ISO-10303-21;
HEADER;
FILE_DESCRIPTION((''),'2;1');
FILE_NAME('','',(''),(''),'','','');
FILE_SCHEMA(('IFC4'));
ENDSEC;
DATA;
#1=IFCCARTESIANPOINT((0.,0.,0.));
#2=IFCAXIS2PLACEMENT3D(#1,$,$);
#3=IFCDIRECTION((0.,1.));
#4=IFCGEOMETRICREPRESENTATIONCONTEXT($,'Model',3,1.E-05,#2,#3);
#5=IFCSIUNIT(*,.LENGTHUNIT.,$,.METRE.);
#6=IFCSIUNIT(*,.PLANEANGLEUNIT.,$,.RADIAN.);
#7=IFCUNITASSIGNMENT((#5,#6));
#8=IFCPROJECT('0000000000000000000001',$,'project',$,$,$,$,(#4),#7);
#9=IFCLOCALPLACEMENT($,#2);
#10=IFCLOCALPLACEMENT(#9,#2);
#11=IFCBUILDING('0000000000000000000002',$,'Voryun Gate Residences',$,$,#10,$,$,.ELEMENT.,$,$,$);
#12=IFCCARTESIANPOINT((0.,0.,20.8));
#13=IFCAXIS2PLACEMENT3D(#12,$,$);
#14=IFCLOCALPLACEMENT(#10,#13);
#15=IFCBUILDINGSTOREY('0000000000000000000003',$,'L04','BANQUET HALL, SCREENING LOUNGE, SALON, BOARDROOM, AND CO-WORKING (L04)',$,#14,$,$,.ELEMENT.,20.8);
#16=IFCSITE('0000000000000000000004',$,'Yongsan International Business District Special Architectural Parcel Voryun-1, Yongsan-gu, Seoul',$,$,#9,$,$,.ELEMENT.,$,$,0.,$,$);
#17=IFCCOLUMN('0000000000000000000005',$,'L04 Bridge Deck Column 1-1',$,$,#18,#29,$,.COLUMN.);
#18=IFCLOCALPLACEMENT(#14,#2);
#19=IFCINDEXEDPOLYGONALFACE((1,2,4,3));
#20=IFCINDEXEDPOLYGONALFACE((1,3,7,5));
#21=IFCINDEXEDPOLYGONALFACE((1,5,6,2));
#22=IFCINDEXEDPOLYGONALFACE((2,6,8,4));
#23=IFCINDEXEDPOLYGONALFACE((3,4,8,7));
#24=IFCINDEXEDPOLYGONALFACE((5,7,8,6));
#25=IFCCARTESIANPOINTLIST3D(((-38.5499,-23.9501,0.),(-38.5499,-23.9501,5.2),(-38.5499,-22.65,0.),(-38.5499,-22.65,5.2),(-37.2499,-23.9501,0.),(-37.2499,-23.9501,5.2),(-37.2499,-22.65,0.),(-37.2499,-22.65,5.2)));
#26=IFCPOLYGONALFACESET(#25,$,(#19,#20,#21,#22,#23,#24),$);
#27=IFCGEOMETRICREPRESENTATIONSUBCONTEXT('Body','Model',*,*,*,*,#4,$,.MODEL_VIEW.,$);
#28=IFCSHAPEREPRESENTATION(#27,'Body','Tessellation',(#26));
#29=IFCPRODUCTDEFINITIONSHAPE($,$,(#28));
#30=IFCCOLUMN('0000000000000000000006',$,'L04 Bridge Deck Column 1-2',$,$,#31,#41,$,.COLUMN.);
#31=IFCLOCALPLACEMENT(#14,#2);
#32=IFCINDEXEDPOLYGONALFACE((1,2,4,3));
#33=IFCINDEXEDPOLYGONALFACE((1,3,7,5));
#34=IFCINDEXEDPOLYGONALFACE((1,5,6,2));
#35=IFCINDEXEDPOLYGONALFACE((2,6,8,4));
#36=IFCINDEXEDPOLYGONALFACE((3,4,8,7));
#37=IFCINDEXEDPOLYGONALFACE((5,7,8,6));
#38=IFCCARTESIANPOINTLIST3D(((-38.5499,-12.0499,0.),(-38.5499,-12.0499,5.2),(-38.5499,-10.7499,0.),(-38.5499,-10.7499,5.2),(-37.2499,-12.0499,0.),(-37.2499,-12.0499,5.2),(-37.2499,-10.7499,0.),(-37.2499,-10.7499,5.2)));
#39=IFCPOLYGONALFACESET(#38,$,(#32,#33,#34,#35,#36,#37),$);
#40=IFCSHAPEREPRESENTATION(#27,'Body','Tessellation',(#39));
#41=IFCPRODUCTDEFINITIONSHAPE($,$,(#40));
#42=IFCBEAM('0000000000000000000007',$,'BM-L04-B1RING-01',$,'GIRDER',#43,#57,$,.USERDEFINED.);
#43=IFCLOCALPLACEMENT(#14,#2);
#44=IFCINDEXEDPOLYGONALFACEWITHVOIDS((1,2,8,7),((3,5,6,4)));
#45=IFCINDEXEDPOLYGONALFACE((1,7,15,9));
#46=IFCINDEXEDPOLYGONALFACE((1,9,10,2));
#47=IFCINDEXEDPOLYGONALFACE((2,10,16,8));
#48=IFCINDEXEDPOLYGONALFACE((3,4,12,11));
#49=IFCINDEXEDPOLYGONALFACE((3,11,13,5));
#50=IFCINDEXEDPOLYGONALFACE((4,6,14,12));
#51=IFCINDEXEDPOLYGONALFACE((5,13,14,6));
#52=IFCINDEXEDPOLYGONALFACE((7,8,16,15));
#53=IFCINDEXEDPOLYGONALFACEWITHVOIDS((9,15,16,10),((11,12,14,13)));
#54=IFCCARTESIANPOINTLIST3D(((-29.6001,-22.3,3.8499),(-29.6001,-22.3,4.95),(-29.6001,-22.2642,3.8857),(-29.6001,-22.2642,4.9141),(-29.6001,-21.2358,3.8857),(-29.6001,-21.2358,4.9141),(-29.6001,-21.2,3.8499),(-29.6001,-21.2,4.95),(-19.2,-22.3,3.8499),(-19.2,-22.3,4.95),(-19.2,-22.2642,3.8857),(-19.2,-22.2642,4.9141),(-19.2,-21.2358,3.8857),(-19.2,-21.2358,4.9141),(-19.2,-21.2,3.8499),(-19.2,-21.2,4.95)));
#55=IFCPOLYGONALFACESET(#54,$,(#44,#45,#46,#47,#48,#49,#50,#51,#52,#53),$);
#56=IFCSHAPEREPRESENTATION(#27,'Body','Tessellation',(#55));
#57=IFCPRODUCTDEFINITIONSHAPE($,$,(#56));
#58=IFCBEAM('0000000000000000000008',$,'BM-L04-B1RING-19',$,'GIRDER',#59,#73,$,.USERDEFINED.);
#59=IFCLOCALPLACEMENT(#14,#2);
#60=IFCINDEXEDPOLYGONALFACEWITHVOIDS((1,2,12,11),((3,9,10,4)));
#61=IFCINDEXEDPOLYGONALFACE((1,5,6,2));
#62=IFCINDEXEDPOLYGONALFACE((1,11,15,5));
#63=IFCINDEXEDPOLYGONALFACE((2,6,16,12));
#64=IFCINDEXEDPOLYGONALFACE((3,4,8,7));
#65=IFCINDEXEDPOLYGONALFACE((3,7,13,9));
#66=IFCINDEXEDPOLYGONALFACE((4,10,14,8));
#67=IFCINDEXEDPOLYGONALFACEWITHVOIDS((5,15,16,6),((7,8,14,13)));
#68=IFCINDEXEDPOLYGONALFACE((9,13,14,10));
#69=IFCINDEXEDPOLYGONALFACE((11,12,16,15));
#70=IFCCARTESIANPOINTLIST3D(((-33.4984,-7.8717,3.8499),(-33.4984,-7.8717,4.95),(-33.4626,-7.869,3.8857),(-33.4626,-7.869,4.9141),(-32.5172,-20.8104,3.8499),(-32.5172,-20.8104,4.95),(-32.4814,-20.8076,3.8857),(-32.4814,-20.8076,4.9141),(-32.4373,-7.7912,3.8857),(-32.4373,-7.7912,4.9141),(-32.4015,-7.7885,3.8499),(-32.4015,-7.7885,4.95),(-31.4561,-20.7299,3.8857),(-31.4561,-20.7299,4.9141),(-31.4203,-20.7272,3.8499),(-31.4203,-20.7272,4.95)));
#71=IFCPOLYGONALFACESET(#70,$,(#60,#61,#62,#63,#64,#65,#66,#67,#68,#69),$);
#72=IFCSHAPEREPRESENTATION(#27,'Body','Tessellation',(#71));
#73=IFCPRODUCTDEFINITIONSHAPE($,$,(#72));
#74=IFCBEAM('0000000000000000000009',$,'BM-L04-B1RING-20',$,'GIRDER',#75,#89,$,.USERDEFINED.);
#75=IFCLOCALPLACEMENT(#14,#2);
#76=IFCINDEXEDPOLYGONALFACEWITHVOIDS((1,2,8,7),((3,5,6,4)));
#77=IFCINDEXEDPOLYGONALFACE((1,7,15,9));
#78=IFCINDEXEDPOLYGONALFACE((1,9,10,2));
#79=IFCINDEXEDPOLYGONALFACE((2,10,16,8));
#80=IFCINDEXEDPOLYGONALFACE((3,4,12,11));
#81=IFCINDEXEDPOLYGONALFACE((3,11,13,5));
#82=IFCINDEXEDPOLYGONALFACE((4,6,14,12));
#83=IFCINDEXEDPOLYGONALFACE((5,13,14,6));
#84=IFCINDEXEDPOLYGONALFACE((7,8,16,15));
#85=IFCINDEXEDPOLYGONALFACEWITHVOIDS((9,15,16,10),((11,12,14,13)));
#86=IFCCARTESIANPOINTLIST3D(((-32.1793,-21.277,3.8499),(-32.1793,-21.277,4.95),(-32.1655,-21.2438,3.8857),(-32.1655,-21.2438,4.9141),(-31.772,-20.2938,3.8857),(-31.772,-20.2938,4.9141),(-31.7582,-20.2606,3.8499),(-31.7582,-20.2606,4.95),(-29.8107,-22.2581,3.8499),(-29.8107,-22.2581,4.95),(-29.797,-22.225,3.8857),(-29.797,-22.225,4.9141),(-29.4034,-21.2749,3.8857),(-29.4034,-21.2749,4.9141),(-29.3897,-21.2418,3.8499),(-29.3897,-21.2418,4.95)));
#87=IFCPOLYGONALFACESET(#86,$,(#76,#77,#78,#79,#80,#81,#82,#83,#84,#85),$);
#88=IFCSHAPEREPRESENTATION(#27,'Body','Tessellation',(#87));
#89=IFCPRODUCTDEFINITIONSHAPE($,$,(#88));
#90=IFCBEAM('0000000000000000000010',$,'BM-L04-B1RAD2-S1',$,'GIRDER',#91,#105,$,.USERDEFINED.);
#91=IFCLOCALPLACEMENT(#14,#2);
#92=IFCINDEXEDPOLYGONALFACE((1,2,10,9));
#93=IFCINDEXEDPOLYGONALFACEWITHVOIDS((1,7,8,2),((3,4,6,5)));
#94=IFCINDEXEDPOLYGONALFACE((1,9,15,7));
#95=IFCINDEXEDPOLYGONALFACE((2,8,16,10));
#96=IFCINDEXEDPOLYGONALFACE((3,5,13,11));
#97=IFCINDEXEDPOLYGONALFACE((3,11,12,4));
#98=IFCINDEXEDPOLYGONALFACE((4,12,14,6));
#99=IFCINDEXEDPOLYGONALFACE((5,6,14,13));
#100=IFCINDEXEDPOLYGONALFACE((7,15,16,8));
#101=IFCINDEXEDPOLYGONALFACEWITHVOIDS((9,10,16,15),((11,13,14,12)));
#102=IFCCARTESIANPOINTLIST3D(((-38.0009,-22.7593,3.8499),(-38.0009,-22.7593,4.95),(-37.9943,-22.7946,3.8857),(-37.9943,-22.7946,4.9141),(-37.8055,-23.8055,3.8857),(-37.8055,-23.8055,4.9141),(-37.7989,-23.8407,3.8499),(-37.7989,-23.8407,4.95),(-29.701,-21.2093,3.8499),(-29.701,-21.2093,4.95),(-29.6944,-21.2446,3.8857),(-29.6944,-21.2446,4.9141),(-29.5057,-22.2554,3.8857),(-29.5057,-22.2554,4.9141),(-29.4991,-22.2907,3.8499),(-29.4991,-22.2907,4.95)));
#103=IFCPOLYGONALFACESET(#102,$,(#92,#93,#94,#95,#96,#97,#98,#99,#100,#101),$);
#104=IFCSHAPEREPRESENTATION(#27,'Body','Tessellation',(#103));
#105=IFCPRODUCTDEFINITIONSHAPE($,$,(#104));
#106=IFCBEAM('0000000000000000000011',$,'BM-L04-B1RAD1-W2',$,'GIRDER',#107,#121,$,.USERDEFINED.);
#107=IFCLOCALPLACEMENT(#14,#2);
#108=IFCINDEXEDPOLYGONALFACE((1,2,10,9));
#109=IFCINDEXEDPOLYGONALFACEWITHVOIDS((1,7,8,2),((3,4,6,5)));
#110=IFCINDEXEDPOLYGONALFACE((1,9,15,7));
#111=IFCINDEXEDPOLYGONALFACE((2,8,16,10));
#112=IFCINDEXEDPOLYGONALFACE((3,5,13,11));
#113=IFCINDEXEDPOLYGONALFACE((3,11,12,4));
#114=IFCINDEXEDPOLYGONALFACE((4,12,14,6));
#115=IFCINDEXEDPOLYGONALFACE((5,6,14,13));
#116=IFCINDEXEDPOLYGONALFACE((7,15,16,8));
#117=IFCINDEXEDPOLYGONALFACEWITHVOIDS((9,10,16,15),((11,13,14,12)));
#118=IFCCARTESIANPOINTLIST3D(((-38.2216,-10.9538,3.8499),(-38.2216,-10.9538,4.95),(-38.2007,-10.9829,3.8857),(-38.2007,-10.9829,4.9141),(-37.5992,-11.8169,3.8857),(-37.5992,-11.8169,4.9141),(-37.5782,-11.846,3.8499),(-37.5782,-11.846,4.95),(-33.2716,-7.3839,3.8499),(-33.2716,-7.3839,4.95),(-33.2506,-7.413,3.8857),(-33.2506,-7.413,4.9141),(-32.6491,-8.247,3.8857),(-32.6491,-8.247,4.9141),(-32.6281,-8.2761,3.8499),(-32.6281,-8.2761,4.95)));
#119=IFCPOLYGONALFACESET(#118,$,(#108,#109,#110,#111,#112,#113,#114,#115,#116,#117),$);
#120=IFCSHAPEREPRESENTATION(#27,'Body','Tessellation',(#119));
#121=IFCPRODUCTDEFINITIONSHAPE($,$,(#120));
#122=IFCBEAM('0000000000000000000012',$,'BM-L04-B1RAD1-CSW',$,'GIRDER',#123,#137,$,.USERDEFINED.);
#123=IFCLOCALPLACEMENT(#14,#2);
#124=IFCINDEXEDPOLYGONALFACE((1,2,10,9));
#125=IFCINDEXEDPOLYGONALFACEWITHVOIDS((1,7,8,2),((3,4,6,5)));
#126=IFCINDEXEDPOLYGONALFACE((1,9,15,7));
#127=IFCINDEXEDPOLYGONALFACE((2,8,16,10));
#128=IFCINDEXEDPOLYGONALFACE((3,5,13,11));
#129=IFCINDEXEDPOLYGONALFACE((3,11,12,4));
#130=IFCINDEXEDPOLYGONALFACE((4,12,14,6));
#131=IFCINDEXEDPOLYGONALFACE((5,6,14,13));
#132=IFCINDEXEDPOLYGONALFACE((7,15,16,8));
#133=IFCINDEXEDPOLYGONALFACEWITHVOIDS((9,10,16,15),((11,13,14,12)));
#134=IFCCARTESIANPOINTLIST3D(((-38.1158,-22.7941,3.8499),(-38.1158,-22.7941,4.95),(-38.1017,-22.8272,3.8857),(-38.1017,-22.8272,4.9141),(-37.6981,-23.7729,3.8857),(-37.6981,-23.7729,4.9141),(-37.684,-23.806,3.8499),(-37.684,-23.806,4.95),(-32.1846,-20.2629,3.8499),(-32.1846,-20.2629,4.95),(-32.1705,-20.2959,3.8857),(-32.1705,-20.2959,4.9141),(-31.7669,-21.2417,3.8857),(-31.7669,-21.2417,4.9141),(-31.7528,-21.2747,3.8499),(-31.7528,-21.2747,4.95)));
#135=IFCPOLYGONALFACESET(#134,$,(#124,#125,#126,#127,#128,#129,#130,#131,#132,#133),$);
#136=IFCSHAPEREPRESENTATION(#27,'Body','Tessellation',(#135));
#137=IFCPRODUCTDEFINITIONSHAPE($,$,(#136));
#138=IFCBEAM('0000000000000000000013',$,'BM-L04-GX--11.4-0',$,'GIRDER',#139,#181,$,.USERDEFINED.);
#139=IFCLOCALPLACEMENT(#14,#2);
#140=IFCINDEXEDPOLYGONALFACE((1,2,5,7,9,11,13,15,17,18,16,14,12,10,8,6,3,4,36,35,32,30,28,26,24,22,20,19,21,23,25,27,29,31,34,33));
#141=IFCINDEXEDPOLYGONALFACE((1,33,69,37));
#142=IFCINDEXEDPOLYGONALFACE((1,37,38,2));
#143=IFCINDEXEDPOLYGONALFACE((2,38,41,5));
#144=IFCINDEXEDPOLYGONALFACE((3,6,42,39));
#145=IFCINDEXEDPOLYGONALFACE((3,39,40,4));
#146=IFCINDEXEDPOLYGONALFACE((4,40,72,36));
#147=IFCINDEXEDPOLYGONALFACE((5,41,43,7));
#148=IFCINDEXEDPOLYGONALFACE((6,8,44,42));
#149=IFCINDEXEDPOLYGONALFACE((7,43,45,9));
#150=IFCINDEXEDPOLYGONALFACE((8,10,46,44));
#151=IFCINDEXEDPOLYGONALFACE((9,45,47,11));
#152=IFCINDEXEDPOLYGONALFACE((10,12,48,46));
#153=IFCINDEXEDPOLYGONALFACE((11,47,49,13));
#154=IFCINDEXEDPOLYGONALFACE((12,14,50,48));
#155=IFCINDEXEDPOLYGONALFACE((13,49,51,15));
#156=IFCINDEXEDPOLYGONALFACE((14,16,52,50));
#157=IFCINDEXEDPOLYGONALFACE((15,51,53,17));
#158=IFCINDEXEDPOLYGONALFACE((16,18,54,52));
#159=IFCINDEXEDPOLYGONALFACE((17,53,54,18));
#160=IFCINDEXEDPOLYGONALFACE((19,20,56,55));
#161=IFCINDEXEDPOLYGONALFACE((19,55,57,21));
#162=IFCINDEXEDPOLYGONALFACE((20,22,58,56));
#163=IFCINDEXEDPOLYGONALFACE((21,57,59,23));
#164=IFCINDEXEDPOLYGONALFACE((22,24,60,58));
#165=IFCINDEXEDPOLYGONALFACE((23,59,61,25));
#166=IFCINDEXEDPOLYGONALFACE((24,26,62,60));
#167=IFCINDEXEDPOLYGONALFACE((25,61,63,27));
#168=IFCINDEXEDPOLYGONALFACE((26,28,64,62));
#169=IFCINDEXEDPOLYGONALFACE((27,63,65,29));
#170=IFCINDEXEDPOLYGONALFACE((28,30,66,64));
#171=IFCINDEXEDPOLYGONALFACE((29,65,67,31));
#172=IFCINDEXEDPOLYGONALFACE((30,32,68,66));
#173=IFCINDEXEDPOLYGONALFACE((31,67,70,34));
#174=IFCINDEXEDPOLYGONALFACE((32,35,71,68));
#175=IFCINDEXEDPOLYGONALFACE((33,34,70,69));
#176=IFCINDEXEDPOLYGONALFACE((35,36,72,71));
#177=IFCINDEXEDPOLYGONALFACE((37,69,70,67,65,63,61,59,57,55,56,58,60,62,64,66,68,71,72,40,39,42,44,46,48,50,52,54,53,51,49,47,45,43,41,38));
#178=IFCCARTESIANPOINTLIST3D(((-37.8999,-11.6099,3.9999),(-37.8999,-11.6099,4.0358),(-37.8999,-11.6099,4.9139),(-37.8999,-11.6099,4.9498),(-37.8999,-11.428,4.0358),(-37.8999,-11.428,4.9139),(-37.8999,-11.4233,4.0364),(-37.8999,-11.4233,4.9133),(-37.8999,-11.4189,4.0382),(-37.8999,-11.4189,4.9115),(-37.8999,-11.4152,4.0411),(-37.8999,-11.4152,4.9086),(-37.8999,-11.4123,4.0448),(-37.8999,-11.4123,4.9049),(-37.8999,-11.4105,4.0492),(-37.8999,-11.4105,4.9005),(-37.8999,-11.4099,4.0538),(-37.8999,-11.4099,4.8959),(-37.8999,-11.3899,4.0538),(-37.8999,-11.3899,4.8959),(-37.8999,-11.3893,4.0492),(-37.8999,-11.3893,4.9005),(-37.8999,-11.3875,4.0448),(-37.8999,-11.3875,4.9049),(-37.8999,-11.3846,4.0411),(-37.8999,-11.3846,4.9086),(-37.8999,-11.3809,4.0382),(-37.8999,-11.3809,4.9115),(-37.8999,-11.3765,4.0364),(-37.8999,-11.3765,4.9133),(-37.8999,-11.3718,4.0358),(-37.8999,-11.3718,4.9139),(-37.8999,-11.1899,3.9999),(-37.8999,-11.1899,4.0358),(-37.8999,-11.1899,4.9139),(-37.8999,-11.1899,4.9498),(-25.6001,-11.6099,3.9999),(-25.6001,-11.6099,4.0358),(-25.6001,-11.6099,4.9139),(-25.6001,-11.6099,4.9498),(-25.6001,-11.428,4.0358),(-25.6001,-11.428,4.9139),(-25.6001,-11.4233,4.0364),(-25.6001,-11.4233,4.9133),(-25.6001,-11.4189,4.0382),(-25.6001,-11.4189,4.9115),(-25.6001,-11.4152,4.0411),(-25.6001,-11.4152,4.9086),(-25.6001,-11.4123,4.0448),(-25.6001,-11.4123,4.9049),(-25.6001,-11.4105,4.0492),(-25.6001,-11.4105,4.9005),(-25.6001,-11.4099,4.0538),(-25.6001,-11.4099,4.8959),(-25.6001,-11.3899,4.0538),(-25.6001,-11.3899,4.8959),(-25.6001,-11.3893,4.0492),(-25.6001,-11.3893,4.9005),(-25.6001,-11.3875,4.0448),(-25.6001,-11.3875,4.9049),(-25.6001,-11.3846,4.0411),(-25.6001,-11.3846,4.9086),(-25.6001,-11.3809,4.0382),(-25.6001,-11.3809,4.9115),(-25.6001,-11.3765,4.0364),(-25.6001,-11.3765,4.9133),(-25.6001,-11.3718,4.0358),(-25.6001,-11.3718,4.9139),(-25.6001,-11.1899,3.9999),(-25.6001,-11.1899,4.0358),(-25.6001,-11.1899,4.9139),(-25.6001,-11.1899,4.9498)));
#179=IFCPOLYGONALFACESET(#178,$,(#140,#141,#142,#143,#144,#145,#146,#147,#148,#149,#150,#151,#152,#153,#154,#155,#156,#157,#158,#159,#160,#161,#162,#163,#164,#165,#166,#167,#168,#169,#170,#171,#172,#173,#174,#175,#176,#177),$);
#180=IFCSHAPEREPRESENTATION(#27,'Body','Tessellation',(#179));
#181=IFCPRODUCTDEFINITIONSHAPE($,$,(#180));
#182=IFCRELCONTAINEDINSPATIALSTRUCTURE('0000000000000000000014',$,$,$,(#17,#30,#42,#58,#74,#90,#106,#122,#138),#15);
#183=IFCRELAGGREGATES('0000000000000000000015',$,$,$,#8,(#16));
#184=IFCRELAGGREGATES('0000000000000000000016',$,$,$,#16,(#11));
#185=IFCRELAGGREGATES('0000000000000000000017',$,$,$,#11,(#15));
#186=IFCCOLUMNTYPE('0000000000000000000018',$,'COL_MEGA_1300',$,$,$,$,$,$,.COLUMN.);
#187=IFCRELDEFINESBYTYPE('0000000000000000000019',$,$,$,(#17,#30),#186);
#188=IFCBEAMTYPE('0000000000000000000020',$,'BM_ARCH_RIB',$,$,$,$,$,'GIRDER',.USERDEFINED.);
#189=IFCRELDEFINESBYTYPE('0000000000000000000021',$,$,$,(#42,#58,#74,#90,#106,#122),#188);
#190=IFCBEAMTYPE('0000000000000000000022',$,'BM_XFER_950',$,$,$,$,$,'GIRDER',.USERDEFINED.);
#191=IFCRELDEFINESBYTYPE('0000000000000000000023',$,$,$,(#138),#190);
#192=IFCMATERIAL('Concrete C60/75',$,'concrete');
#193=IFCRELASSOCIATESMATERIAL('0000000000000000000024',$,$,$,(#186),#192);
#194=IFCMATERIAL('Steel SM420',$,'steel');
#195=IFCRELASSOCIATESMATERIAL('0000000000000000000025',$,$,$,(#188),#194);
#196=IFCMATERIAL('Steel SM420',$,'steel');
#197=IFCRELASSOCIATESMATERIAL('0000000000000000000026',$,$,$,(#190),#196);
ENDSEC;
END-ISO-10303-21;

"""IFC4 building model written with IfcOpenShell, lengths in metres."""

from ifc_helpers import new_model, si_unit, direction, frame, origin, origin_2d, place, context, subcontext, project, spatial, rectangle, hollow_rectangle, i_section, extrude, material, material_profile, profile_set, type_object, element, save


model = new_model("IFC4")

# Units and contexts
model_context = context("Model", 3, precision=1e-05, world=origin(), true_north=direction((0.0, 1.0)))
body_context = subcontext(model_context, "Body", "Model", "MODEL_VIEW")
ifc_project = project(units=[si_unit("LENGTHUNIT", "METRE"), si_unit("PLANEANGLEUNIT", "RADIAN")], contexts=[model_context])

# Site, building, storey
site_placement = place(None, origin())
site = spatial("IfcSite", under=ifc_project, at=site_placement, Name="Yongsan International Business District Special Architectural Parcel Voryun-1, Yongsan-gu, Seoul", CompositionType="ELEMENT", RefElevation=0.0)
building_placement = place(site_placement, origin())
building = spatial("IfcBuilding", under=site, at=building_placement, Name="Voryun Gate Residences", CompositionType="ELEMENT")
storey_placement = place(building_placement, frame((0.0, 0.0, 20.8)))
storey = spatial("IfcBuildingStorey", under=building, at=storey_placement, Name="L04", Description="BANQUET HALL, SCREENING LOUNGE, SALON, BOARDROOM, AND CO-WORKING (L04)", CompositionType="ELEMENT", Elevation=20.8)

# Columns
ifc_material_1 = material(Name="Concrete C60/75", Category="concrete")
ifc_material_profile_1 = material_profile(ifc_material_1, rectangle(XDim=1.3, YDim=1.3, at=origin_2d()), Name="RC-1300x1300")
ifc_profile_set_1 = profile_set([ifc_material_profile_1], Name="Concrete C60/75")
column_type = type_object("IfcColumnType", Name="COL_MEGA_1300", PredefinedType="COLUMN", material=ifc_profile_set_1)
for number, where, z_axis, x_axis, name in (
    (1, (-37.8999, -23.3, 0.0), (0.0, 0.0, 1.0), (1.0, 0.0, 0.0), "L04 Bridge Deck Column 1-1"),
    (2, (-37.8999, -11.3999, 0.0), (0.0, 0.0, 1.0), (1.0, 0.0, 0.0), "L04 Bridge Deck Column 1-2"),
):
    element("IfcColumn", number, at=place(storey_placement, frame(where, z_axis=z_axis, x_axis=x_axis)), inside=storey, type_object=column_type, Name=name, PredefinedType="COLUMN", context=body_context, shape_type="SweptSolid", body=[
        extrude(rectangle(XDim=1.3, YDim=1.3, at=origin_2d()), origin(), (0.0, 0.0, 1.0), 5.2),
    ])

# Beams
ifc_material_2 = material(Name="Steel SM420", Category="steel")
ifc_material_profile_2 = material_profile(ifc_material_2, hollow_rectangle(XDim=1.1001, YDim=1.1001, WallThickness=0.0359, at=origin_2d()), Name="BOX-1100x1100x36")
ifc_profile_set_2 = profile_set([ifc_material_profile_2], Name="Steel SM420")
beam_type_1 = type_object("IfcBeamType", Name="BM_ARCH_RIB", ElementType="GIRDER", PredefinedType="USERDEFINED", material=ifc_profile_set_2)
beam_1_placement = place(storey_placement, frame((-29.6001, -21.75, 4.3999), z_axis=(1.0, 0.0, 0.0), x_axis=(0.0, 1.0, 0.0)))
element("IfcBeam", 3, at=beam_1_placement, inside=storey, type_object=beam_type_1, Name="BM-L04-B1RING-01", ObjectType="GIRDER", PredefinedType="USERDEFINED", context=body_context, shape_type="SweptSolid", body=[
    extrude(hollow_rectangle(XDim=1.1001, YDim=1.1001, WallThickness=0.0359, at=origin_2d()), origin(), (0.0, 0.0, 1.0), 10.4001),
])
beam_2_placement = place(storey_placement, frame((-32.95, -7.8301, 4.3999), z_axis=(0.075617, -0.997137, 0.0), x_axis=(0.997137, 0.075617, 0.0)))
element("IfcBeam", 4, at=beam_2_placement, inside=storey, type_object=beam_type_1, Name="BM-L04-B1RING-19", ObjectType="GIRDER", PredefinedType="USERDEFINED", context=body_context, shape_type="SweptSolid", body=[
    extrude(hollow_rectangle(XDim=1.1001, YDim=1.1001, WallThickness=0.0359, at=origin_2d()), origin(), (0.0, 0.0, 1.0), 12.9758),
])
beam_3_placement = place(storey_placement, frame((-31.9688, -20.7688, 4.3999), z_axis=(0.923869, -0.382708, 0.0), x_axis=(0.382708, 0.923869, 0.0)))
element("IfcBeam", 5, at=beam_3_placement, inside=storey, type_object=beam_type_1, Name="BM-L04-B1RING-20", ObjectType="GIRDER", PredefinedType="USERDEFINED", context=body_context, shape_type="SweptSolid", body=[
    extrude(hollow_rectangle(XDim=1.1001, YDim=1.1001, WallThickness=0.0359, at=origin_2d()), origin(), (0.0, 0.0, 1.0), 2.5637),
])
beam_4_placement = place(storey_placement, frame((-37.8999, -23.3, 4.3999), z_axis=(0.983004, 0.183583, 0.0), x_axis=(-0.183583, 0.983004, 0.0)))
element("IfcBeam", 6, at=beam_4_placement, inside=storey, type_object=beam_type_1, Name="BM-L04-B1RAD2-S1", ObjectType="GIRDER", PredefinedType="USERDEFINED", context=body_context, shape_type="SweptSolid", body=[
    extrude(hollow_rectangle(XDim=1.1001, YDim=1.1001, WallThickness=0.0359, at=origin_2d()), origin(), (0.0, 0.0, 1.0), 8.4434),
])
beam_5_placement = place(storey_placement, frame((-37.8999, -11.3999, 4.3999), z_axis=(0.811079, 0.584937, 0.0), x_axis=(-0.584937, 0.811079, 0.0)))
element("IfcBeam", 7, at=beam_5_placement, inside=storey, type_object=beam_type_1, Name="BM-L04-B1RAD1-W2", ObjectType="GIRDER", PredefinedType="USERDEFINED", context=body_context, shape_type="SweptSolid", body=[
    extrude(hollow_rectangle(XDim=1.1001, YDim=1.1001, WallThickness=0.0359, at=origin_2d()), origin(), (0.0, 0.0, 1.0), 6.103),
])
beam_6_placement = place(storey_placement, frame((-37.8999, -23.3, 4.3999), z_axis=(0.919743, 0.392521, 0.0), x_axis=(-0.392521, 0.919743, 0.0)))
element("IfcBeam", 8, at=beam_6_placement, inside=storey, type_object=beam_type_1, Name="BM-L04-B1RAD1-CSW", ObjectType="GIRDER", PredefinedType="USERDEFINED", context=body_context, shape_type="SweptSolid", body=[
    extrude(hollow_rectangle(XDim=1.1001, YDim=1.1001, WallThickness=0.0359, at=origin_2d()), origin(), (0.0, 0.0, 1.0), 6.4487),
])
ifc_material_3 = material(Name="Steel SM420", Category="steel")
ifc_material_profile_3 = material_profile(ifc_material_3, i_section(OverallWidth=0.4199, OverallDepth=0.95, WebThickness=0.02, FlangeThickness=0.0359, FilletRadius=0.0181, at=origin_2d()), Name="H-950x420x20x36")
ifc_profile_set_3 = profile_set([ifc_material_profile_3], Name="Steel SM420")
beam_type_2 = type_object("IfcBeamType", Name="BM_XFER_950", ElementType="GIRDER", PredefinedType="USERDEFINED", material=ifc_profile_set_3)
beam_7_placement = place(storey_placement, frame((-37.8999, -11.3999, 4.4749), z_axis=(1.0, 0.0, 0.0), x_axis=(0.0, 1.0, 0.0)))
element("IfcBeam", 9, at=beam_7_placement, inside=storey, type_object=beam_type_2, Name="BM-L04-GX--11.4-0", ObjectType="GIRDER", PredefinedType="USERDEFINED", context=body_context, shape_type="SweptSolid", body=[
    extrude(i_section(OverallWidth=0.4199, OverallDepth=0.95, WebThickness=0.02, FlangeThickness=0.0359, FilletRadius=0.0181, at=origin_2d()), origin(), (0.0, 0.0, 1.0), 12.2998),
])

save(model, "model.ifc")
